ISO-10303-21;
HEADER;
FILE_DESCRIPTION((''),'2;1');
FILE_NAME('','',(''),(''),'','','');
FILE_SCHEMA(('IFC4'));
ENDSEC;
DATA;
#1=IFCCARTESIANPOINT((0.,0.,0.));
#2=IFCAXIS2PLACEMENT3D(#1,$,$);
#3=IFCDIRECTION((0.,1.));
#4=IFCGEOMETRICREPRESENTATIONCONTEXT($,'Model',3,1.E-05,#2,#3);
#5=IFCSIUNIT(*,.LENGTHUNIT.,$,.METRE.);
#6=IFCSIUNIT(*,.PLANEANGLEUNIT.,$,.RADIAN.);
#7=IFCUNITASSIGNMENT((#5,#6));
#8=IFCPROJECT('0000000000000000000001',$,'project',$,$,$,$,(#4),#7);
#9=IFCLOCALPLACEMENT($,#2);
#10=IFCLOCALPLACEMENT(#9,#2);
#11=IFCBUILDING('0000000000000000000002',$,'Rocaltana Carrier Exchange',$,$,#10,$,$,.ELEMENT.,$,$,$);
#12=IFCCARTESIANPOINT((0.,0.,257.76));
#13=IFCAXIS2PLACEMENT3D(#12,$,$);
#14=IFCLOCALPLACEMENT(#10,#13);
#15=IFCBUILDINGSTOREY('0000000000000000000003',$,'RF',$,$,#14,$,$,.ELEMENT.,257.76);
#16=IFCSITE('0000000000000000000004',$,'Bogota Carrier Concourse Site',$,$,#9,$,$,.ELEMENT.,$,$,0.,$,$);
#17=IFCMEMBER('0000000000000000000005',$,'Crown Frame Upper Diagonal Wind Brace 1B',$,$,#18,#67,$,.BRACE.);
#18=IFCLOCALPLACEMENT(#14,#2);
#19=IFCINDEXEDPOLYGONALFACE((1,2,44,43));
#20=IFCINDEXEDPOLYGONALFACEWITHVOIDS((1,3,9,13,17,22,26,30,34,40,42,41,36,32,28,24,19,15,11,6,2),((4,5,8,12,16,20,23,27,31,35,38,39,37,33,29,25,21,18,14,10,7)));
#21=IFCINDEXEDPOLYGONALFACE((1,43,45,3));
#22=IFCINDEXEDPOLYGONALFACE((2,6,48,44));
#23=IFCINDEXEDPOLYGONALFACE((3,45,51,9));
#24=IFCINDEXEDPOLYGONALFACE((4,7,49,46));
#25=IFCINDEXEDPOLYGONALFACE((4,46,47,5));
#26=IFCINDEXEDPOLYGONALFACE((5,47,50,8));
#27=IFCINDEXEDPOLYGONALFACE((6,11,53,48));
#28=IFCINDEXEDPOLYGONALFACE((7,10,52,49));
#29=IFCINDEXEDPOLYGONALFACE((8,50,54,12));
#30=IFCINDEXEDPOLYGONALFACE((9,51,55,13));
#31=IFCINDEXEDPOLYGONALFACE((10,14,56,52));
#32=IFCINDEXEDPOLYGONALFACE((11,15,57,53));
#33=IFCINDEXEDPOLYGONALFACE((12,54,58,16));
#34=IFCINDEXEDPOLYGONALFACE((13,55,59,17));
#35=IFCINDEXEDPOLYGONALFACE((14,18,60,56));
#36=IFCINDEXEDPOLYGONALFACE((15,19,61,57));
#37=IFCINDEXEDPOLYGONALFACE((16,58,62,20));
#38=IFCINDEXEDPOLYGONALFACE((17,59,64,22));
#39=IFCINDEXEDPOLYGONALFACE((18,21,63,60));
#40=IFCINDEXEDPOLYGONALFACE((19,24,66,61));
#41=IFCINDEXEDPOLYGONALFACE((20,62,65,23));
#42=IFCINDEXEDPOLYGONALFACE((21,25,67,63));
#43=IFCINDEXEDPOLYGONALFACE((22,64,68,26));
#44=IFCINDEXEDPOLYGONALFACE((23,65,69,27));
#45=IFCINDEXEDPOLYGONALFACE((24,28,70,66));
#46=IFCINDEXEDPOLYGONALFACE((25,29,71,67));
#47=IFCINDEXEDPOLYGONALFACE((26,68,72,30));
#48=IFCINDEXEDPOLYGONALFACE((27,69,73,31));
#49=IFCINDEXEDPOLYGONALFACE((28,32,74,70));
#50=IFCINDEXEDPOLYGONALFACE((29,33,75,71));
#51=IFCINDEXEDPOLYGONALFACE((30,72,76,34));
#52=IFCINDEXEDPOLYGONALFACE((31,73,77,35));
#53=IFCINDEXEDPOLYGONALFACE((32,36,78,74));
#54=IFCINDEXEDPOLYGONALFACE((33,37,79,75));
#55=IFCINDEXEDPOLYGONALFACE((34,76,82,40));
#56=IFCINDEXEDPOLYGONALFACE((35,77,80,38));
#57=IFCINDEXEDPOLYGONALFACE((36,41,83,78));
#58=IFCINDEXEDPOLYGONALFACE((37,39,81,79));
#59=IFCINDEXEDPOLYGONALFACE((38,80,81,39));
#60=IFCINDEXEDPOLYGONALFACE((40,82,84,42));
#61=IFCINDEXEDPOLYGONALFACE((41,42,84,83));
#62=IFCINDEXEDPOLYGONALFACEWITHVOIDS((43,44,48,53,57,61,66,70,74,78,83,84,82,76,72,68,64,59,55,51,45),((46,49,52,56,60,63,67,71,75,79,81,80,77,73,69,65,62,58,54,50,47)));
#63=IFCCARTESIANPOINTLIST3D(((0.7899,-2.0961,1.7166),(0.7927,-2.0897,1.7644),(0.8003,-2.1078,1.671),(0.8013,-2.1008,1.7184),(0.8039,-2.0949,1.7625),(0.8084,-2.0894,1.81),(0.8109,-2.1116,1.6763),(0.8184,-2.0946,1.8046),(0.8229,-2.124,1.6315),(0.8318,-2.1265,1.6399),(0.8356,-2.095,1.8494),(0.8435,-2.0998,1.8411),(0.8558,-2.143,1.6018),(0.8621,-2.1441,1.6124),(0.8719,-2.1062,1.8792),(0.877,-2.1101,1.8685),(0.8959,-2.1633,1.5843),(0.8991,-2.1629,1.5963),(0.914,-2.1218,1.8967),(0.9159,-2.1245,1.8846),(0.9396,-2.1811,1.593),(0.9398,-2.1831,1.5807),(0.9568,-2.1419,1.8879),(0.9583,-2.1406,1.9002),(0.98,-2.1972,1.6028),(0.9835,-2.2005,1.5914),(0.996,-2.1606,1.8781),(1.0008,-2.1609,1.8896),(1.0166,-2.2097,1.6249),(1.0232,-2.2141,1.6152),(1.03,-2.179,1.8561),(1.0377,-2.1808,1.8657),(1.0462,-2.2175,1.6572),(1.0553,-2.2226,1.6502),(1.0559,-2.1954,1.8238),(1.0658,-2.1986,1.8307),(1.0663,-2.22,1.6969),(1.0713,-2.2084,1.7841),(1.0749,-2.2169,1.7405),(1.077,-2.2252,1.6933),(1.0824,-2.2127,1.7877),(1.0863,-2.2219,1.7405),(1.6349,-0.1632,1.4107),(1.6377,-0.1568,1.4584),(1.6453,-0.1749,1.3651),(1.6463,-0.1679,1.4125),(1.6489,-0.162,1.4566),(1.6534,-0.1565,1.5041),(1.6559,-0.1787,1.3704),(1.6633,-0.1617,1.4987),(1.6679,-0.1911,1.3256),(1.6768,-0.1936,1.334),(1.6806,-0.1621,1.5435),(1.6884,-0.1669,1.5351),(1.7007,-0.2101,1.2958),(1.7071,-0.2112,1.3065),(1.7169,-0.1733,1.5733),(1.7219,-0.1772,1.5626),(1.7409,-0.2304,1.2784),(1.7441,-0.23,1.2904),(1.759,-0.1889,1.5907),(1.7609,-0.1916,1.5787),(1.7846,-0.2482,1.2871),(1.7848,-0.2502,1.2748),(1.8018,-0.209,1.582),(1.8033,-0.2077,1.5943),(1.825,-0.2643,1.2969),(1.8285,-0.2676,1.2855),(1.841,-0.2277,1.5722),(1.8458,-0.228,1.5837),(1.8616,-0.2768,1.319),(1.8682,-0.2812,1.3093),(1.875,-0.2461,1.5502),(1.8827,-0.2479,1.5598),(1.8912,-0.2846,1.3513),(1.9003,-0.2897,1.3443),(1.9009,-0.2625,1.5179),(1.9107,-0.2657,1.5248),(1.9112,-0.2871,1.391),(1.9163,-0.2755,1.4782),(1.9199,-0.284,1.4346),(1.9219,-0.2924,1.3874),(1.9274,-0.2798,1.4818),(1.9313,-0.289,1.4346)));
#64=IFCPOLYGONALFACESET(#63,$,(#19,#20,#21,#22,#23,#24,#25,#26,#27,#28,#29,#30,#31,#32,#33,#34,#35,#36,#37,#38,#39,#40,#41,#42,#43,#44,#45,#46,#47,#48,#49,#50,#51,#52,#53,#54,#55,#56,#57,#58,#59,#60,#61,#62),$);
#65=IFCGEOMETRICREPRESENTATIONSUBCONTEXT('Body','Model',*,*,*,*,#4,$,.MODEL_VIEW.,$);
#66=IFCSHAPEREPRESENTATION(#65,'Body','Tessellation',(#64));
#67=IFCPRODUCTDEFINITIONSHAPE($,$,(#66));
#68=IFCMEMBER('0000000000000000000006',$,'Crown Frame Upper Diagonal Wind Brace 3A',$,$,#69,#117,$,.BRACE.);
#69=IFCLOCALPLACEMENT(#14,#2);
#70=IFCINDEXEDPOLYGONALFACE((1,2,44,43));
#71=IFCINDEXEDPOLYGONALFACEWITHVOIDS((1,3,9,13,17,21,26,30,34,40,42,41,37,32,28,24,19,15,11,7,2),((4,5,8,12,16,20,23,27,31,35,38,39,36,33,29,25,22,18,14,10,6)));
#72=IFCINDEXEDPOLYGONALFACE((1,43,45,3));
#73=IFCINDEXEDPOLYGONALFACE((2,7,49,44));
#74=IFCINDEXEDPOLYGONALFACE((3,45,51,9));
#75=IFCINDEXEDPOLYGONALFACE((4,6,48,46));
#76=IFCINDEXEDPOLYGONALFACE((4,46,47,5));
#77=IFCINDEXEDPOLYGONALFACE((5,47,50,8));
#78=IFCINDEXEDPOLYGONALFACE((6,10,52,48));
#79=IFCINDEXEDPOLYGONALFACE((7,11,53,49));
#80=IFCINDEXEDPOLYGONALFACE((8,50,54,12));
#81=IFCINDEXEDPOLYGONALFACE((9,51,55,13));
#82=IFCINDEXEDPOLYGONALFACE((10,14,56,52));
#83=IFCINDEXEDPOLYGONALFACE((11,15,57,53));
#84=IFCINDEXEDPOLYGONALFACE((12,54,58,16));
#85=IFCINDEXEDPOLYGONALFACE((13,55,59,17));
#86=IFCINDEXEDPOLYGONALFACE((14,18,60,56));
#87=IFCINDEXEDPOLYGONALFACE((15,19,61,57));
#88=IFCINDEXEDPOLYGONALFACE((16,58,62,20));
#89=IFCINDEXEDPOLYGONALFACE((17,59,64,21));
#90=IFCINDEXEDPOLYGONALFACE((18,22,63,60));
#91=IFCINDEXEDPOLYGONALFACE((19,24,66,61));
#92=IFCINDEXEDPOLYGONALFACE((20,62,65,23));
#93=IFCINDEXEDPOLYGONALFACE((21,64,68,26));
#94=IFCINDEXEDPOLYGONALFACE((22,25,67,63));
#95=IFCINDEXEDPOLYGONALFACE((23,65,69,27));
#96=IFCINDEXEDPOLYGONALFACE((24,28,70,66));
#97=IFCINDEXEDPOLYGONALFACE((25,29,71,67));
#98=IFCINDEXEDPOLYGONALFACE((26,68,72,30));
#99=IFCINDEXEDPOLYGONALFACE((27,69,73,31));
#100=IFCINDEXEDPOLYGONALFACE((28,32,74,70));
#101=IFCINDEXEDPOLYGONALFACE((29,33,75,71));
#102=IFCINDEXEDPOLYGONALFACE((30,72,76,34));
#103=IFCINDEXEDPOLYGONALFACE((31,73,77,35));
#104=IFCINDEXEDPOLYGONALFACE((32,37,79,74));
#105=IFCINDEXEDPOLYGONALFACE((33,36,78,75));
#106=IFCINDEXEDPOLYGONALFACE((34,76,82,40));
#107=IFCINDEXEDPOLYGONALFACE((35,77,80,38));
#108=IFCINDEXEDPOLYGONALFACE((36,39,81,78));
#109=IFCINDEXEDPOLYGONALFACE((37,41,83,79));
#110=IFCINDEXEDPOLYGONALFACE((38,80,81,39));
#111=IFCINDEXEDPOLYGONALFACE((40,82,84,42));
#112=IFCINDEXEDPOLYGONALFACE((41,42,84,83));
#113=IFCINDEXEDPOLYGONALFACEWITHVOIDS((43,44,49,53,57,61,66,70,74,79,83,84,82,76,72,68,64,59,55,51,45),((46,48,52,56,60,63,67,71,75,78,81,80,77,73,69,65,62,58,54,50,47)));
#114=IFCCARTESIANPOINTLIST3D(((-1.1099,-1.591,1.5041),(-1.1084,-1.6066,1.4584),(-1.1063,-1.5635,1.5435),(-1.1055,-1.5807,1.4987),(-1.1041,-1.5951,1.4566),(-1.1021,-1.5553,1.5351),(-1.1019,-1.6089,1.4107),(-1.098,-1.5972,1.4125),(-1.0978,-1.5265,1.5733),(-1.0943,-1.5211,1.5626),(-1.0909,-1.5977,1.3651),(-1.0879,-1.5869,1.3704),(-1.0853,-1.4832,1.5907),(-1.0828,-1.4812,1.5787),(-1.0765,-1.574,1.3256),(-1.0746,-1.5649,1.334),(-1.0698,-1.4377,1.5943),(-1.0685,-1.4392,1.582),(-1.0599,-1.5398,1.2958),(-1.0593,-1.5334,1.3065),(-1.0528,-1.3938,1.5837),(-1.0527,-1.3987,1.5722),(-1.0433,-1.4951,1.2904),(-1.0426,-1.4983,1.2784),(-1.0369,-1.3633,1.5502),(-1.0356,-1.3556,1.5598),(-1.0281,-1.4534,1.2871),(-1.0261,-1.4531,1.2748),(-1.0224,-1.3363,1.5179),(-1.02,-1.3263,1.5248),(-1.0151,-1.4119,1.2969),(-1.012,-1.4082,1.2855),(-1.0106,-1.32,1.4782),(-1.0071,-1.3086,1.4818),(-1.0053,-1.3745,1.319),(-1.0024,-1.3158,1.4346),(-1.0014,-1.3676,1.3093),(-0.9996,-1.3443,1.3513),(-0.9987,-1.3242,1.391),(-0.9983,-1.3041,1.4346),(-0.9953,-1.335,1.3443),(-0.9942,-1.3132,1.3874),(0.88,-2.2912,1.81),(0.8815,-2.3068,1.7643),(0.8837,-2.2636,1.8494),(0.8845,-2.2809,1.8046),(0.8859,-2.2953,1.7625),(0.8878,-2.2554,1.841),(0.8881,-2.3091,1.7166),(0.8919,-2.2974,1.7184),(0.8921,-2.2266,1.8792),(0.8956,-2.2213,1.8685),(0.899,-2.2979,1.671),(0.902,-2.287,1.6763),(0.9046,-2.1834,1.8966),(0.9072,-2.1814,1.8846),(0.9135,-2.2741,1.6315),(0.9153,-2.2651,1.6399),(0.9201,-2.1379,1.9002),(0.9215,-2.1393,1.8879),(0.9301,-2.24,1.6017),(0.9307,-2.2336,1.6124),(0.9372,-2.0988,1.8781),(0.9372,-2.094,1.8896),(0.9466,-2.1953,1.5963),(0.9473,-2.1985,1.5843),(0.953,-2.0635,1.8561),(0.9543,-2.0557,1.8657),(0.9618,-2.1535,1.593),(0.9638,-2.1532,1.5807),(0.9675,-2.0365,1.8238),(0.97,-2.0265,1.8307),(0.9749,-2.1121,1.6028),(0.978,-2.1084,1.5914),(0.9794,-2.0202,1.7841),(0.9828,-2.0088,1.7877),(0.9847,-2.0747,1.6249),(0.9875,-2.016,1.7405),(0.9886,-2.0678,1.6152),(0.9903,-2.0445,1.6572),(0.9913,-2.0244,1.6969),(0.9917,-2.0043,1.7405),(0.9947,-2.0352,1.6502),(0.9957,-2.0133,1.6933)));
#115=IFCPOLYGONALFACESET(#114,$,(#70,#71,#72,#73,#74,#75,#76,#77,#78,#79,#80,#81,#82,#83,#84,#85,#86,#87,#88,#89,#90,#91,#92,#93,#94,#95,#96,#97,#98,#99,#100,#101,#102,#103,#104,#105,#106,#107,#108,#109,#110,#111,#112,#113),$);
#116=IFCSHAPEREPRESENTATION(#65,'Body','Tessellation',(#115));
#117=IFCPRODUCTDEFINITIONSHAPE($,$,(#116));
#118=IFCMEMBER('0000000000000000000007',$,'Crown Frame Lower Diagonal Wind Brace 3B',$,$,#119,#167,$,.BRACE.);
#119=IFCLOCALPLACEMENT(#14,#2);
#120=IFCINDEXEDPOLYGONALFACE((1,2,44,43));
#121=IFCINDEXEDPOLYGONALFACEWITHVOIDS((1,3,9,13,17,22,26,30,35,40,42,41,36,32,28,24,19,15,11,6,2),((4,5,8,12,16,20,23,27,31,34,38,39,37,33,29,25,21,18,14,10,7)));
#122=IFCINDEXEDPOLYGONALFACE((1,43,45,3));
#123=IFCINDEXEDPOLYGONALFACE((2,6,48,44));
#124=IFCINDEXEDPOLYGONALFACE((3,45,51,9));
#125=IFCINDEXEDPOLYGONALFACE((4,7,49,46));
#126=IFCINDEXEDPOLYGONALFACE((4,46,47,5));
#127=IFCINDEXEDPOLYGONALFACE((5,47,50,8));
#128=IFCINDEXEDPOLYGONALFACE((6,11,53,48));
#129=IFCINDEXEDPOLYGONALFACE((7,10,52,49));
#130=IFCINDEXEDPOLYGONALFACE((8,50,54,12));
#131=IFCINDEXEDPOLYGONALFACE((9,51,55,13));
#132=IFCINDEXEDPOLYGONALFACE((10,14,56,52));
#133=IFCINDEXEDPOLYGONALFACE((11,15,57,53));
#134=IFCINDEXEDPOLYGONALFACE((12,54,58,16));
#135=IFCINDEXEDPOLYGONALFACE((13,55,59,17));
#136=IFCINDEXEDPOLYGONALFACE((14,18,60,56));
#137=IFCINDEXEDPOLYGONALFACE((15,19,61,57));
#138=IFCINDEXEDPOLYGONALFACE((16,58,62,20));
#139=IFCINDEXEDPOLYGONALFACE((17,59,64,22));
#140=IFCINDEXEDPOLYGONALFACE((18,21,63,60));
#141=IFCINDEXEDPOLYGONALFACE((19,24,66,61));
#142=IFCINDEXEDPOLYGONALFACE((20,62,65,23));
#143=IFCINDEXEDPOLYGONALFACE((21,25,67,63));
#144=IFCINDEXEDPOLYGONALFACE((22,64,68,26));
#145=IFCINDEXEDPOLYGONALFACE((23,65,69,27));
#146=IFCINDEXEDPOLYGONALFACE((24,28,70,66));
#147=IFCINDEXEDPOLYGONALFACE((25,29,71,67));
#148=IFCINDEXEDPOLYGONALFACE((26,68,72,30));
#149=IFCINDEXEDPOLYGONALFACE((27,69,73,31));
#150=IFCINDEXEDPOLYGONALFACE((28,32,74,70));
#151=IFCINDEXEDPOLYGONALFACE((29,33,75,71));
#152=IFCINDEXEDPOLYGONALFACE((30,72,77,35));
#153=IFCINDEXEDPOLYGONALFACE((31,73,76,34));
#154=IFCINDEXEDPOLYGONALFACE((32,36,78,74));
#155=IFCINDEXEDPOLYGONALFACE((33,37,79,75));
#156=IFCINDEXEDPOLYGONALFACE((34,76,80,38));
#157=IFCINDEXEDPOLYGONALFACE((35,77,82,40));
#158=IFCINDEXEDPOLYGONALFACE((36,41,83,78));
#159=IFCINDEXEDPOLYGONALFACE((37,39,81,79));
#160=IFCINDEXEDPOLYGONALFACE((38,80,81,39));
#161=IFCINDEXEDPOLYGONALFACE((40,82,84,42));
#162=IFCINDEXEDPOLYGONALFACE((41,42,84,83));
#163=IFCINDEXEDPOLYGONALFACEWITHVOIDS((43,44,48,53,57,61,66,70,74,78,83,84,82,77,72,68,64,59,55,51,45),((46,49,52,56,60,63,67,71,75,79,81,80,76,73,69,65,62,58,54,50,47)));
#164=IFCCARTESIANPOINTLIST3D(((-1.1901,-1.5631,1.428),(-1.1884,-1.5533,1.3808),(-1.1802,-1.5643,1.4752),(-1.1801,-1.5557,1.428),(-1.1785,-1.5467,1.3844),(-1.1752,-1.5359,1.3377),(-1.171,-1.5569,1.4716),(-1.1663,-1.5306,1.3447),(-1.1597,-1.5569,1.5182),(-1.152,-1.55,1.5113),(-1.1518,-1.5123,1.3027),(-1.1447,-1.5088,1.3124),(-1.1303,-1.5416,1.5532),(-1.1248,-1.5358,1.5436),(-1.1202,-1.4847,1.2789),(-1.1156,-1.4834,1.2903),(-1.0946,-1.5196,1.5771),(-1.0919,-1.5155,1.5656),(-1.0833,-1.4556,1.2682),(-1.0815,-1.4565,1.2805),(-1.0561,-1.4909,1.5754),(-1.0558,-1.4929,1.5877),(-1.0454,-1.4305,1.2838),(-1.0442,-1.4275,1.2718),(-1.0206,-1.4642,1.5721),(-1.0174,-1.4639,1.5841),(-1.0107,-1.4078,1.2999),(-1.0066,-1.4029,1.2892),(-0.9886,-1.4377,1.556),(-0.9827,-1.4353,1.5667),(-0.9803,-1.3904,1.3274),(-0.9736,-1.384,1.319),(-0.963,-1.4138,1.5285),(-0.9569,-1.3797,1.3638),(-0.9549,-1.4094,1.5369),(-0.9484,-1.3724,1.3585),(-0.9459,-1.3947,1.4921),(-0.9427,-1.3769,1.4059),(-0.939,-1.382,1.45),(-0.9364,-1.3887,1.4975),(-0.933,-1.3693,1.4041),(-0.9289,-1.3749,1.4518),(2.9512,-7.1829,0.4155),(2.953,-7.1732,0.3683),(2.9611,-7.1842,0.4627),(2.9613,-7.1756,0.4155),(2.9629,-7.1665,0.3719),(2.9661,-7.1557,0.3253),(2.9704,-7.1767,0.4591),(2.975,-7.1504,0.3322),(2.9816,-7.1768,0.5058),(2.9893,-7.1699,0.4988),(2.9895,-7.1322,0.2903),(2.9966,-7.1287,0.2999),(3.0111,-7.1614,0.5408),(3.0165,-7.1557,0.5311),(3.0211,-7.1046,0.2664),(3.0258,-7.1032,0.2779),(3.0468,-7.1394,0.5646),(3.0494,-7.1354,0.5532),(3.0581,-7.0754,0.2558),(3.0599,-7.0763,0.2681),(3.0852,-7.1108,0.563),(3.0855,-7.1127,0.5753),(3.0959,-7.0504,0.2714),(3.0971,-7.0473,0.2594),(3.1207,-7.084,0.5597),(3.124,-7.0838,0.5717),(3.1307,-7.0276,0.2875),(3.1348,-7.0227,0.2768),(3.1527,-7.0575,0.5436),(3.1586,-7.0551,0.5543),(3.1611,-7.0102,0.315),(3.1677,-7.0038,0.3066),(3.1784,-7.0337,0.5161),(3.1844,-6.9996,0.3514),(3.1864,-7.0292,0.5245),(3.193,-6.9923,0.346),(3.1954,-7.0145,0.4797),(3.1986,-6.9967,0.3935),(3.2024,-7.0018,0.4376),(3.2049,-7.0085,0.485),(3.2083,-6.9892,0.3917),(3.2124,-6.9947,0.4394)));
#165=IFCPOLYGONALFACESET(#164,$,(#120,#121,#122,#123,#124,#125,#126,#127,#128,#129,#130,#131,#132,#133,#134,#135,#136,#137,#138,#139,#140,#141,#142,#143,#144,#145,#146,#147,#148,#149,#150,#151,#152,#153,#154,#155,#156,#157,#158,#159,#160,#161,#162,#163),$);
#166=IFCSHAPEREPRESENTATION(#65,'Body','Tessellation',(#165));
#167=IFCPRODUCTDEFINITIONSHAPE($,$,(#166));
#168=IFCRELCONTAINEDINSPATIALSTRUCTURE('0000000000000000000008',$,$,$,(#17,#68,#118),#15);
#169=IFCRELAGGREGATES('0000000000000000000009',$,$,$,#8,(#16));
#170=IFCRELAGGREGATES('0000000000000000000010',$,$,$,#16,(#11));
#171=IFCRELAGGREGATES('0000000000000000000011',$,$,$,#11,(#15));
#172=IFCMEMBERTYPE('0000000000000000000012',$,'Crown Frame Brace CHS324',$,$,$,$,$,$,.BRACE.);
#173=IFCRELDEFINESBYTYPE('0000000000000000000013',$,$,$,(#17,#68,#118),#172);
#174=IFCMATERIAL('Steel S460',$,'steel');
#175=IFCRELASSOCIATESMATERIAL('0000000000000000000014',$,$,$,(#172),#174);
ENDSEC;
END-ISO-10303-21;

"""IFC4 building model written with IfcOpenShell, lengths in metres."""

from ifc_helpers import new_model, si_unit, direction, frame, origin, origin_2d, place, context, subcontext, project, spatial, hollow_circle, extrude, material, material_profile, profile_set, type_object, element, save


model = new_model("IFC4")

# Units and contexts
model_context = context("Model", 3, precision=1e-05, world=origin(), true_north=direction((0.0, 1.0)))
body_context = subcontext(model_context, "Body", "Model", "MODEL_VIEW")
ifc_project = project(units=[si_unit("LENGTHUNIT", "METRE"), si_unit("PLANEANGLEUNIT", "RADIAN")], contexts=[model_context])

# Site, building, storey
site_placement = place(None, origin())
site = spatial("IfcSite", under=ifc_project, at=site_placement, Name="Bogota Carrier Concourse Site", CompositionType="ELEMENT", RefElevation=0.0)
building_placement = place(site_placement, origin())
building = spatial("IfcBuilding", under=site, at=building_placement, Name="Rocaltana Carrier Exchange", CompositionType="ELEMENT")
storey_placement = place(building_placement, frame((0.0, 0.0, 257.76)))
storey = spatial("IfcBuildingStorey", under=building, at=storey_placement, Name="RF", CompositionType="ELEMENT", Elevation=257.76)

# Members
ifc_material_1 = material(Name="Steel S460", Category="steel")
ifc_material_profile_1 = material_profile(ifc_material_1, hollow_circle(Radius=0.1619, WallThickness=0.0125, at=origin_2d()), Name="CHS323.9X12.5")
ifc_profile_set_1 = profile_set([ifc_material_profile_1], Name="Steel S460")
member_type_1 = type_object("IfcMemberType", Name="Crown Frame Brace CHS324", PredefinedType="BRACE", material=ifc_profile_set_1)
for number, where, z_axis, x_axis, name in (
    (1, (1.783, -0.2241, 1.4346), (-0.396411, -0.906786, 0.143514), (0.916272, -0.400558, 0.0), "Crown Frame Upper Diagonal Wind Brace 1B"),
    (2, (-1.052, -1.4568, 1.4346), (0.933546, -0.328476, 0.143508), (0.331912, 0.94331, 0.0), "Crown Frame Upper Diagonal Wind Brace 3A"),
):
    element("IfcMember", number, at=place(storey_placement, frame(where, z_axis=z_axis, x_axis=x_axis)), inside=storey, type_object=member_type_1, Name=name, PredefinedType="BRACE", context=body_context, shape_type="SweptSolid", body=[
        extrude(hollow_circle(Radius=0.1619, WallThickness=0.0125, at=origin_2d()), origin(), (0.0, 0.0, 1.0), 2.1316),
    ])
member_1_placement = place(storey_placement, frame((3.0815, -7.0869, 0.4155), z_axis=(-0.587094, 0.796693, 0.143529), x_axis=(-0.805029, -0.593236, 0.0)))
element("IfcMember", 3, at=member_1_placement, inside=storey, type_object=member_type_1, Name="Crown Frame Lower Diagonal Wind Brace 3B", PredefinedType="BRACE", context=body_context, shape_type="SweptSolid", body=[
    extrude(hollow_circle(Radius=0.1619, WallThickness=0.0125, at=origin_2d()), origin(), (0.0, 0.0, 1.0), 7.054),
])

save(model, "model.ifc")
